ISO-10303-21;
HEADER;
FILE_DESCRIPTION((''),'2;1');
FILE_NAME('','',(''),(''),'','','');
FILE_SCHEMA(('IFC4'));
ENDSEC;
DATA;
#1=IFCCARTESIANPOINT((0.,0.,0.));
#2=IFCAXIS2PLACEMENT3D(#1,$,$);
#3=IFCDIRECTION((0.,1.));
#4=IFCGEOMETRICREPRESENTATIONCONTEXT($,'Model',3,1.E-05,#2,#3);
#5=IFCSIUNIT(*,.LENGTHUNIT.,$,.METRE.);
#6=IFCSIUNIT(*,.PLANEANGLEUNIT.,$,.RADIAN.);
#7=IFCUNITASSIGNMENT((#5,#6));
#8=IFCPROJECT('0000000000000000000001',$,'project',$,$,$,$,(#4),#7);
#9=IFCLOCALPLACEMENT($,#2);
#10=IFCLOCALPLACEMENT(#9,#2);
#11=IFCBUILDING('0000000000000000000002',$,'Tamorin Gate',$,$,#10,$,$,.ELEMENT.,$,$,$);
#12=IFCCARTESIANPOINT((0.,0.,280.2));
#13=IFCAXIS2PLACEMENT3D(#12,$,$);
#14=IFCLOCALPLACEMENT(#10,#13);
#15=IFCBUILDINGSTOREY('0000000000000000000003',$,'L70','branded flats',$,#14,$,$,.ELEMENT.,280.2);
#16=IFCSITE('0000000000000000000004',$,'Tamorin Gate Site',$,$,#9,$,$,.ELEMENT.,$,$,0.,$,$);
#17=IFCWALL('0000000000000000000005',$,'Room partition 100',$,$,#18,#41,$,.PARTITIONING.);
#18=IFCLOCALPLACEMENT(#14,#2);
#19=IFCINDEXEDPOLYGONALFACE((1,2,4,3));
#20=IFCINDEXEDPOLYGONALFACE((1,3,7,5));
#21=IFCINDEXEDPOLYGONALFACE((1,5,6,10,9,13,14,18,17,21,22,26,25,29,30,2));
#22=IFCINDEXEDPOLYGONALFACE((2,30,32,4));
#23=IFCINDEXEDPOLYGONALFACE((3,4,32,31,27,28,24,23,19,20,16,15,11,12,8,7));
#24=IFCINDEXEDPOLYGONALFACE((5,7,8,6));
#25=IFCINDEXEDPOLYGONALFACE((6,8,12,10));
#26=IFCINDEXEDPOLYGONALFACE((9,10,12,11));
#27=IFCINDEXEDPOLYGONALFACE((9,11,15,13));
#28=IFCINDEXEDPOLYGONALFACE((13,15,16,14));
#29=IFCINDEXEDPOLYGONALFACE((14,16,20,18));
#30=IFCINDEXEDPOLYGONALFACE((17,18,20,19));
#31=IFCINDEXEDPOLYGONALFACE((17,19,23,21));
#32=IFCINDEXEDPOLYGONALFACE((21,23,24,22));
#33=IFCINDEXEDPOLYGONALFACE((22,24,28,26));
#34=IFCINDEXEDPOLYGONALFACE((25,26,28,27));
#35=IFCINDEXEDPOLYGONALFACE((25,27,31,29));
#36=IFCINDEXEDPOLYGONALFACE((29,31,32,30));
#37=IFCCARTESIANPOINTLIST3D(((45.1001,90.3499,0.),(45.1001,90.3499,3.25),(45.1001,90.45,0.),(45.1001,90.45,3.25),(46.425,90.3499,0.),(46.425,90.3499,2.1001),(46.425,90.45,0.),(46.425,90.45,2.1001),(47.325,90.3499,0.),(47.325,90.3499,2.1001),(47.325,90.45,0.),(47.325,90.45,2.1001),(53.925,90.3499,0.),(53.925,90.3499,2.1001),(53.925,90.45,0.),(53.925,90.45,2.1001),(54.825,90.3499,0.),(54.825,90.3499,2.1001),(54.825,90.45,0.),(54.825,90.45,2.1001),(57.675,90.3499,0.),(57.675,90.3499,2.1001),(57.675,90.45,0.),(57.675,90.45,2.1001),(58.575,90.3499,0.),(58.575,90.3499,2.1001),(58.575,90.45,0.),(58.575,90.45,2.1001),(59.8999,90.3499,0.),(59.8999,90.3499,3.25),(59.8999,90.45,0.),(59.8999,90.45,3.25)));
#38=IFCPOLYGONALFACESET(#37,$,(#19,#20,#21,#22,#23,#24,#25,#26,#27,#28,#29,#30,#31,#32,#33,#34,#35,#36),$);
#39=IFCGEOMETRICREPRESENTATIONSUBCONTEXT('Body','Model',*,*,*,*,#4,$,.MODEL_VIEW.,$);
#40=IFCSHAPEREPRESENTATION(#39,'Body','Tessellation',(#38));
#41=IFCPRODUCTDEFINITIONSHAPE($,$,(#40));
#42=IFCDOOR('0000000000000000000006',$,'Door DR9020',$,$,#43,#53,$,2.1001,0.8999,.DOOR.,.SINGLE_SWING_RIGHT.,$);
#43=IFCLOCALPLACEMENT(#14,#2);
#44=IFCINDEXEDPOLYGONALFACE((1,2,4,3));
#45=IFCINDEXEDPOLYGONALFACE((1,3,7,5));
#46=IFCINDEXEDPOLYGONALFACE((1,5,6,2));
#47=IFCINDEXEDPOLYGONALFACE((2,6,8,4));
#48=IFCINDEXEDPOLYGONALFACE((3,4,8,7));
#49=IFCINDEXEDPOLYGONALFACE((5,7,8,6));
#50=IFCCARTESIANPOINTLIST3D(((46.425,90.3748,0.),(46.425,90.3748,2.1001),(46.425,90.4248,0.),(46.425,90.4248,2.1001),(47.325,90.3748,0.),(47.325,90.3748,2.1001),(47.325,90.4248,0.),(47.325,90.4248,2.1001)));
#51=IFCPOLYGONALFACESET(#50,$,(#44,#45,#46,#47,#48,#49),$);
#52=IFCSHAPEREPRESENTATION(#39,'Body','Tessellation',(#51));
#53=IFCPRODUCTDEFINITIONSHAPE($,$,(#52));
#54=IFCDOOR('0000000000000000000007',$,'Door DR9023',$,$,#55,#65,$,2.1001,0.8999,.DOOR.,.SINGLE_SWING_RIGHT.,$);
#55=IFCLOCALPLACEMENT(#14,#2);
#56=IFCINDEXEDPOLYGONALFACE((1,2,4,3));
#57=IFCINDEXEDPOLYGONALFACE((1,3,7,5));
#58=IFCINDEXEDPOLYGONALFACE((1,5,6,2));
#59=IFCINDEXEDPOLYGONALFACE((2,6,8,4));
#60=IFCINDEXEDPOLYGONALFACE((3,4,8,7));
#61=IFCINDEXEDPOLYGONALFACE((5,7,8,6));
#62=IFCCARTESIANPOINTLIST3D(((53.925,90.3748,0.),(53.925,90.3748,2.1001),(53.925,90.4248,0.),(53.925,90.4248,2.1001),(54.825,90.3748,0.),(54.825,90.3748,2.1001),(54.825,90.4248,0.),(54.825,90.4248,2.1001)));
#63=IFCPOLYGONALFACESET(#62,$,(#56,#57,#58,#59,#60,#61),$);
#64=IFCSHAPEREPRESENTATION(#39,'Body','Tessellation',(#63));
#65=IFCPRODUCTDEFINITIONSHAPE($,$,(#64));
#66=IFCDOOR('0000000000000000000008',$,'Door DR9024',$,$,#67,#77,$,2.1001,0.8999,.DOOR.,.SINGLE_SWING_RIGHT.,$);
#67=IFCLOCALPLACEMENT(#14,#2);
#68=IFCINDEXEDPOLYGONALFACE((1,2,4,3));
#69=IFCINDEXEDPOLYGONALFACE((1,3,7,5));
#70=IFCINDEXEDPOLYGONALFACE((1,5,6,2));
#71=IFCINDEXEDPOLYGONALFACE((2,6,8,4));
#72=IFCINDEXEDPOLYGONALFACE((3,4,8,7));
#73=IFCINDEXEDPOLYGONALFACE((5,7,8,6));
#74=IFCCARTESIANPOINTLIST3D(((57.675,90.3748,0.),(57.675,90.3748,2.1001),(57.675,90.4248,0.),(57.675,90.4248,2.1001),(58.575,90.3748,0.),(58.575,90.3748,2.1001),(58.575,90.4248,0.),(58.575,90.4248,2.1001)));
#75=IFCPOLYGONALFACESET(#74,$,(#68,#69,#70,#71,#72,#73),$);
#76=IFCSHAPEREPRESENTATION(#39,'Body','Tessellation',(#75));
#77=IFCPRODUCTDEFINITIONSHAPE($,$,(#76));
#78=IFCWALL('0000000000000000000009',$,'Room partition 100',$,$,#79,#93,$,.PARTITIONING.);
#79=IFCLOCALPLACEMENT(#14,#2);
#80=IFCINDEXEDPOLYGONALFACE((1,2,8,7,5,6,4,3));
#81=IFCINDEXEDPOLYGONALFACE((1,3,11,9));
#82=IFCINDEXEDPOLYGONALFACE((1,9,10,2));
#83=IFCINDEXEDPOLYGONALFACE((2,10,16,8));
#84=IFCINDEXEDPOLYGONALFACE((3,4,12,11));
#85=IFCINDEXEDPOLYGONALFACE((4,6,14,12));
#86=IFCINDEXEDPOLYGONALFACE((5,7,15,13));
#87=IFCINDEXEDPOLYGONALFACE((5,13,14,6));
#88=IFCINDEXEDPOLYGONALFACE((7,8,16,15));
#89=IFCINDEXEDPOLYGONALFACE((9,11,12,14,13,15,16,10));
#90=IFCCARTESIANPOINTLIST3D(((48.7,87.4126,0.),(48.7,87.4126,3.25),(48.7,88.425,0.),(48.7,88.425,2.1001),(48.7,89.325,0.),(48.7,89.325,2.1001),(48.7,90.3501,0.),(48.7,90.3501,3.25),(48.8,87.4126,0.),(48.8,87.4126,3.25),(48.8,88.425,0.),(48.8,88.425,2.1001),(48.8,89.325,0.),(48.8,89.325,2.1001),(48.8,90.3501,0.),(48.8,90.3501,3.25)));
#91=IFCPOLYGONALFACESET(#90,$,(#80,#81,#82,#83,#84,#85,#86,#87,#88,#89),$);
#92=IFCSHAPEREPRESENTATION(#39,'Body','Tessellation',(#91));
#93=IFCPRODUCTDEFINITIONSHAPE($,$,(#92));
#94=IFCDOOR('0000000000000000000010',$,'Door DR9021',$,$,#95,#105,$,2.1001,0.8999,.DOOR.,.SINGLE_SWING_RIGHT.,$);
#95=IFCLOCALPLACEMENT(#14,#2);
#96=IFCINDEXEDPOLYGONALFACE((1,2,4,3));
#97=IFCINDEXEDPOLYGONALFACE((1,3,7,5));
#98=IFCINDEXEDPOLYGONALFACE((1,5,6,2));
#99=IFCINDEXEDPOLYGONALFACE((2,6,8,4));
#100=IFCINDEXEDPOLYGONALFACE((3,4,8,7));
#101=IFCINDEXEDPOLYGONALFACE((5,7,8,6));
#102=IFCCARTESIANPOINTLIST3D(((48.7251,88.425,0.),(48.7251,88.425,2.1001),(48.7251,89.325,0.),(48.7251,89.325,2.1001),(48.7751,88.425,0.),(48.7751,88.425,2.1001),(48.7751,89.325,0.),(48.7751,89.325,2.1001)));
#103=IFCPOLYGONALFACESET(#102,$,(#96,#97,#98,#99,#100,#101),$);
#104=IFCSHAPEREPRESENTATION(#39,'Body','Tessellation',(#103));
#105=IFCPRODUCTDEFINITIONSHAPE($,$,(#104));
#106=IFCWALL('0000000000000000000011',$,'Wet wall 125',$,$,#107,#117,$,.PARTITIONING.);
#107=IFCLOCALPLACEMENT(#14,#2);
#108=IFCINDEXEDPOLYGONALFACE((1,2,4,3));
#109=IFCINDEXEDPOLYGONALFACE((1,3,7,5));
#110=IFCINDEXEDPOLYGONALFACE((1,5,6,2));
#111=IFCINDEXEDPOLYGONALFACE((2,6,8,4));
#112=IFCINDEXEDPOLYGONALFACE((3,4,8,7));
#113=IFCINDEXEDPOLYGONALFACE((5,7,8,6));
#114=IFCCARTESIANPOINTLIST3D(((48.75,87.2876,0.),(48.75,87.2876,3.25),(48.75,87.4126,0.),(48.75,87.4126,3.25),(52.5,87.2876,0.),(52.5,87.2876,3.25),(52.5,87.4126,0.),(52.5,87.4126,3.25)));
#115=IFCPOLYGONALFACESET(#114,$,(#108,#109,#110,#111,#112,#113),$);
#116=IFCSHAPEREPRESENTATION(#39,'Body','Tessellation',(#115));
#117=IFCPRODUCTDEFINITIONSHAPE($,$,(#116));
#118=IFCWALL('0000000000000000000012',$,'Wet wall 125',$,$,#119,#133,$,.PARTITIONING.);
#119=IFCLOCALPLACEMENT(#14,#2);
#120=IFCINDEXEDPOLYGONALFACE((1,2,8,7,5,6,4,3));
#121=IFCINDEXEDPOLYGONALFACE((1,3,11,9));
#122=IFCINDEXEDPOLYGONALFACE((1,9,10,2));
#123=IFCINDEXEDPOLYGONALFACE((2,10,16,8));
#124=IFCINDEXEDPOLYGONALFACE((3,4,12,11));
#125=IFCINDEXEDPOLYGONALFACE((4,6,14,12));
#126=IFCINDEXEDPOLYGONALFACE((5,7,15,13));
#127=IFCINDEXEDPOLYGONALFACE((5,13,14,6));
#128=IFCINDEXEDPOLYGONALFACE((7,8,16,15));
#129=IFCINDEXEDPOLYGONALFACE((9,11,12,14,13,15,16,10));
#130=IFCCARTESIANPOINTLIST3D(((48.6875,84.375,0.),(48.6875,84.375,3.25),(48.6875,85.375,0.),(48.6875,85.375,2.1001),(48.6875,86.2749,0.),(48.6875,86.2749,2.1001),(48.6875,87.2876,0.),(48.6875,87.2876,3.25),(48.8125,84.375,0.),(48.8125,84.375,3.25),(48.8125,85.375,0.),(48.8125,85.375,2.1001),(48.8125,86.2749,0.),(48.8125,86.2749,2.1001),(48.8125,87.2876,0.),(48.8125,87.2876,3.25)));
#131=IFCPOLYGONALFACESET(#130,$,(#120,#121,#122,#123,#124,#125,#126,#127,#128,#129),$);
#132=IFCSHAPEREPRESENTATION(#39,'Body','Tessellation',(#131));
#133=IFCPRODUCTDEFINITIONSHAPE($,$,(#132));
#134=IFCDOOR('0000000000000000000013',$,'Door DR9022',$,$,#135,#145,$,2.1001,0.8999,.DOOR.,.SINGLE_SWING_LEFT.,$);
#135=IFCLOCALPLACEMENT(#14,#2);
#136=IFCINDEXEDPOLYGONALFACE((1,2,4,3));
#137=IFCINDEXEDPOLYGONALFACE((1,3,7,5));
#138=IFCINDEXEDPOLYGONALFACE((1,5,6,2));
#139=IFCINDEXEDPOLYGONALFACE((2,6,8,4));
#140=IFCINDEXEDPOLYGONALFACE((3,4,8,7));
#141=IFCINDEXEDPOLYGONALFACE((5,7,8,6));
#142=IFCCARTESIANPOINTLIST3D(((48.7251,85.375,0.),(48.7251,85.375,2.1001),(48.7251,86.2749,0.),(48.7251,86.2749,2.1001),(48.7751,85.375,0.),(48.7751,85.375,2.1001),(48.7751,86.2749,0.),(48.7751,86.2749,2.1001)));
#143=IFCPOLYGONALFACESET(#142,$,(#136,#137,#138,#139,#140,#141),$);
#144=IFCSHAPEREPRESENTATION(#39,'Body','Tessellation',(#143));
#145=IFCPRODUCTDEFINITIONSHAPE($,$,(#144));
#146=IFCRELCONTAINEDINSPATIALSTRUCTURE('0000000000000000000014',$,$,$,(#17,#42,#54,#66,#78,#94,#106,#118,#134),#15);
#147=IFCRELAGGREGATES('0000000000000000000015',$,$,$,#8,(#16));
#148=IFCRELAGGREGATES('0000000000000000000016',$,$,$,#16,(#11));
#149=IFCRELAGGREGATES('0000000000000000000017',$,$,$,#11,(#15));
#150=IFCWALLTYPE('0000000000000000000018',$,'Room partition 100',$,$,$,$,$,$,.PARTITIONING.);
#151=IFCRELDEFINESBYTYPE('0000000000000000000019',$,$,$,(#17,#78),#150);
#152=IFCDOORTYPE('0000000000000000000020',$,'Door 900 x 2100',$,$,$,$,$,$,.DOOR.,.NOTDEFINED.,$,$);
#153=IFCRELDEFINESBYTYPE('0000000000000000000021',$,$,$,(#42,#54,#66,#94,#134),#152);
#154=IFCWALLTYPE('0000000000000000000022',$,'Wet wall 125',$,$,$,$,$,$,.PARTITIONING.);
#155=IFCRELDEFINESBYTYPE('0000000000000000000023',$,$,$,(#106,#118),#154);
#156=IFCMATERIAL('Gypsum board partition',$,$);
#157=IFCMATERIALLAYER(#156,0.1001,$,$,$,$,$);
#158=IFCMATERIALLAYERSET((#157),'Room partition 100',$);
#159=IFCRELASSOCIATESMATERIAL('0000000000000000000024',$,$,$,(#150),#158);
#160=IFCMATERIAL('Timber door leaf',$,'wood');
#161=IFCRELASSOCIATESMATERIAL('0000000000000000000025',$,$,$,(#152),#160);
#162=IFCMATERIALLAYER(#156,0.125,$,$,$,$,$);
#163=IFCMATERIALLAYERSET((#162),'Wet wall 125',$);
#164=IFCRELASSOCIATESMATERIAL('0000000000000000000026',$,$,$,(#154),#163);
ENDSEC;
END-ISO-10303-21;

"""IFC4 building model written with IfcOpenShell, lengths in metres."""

from ifc_helpers import new_model, si_unit, direction, frame, frame_2d, origin, place, context, subcontext, project, spatial, rectangle, extrude, material, layer, layer_set, type_object, element, fill, save


model = new_model("IFC4")

# Units and contexts
model_context = context("Model", 3, precision=1e-05, world=origin(), true_north=direction((0.0, 1.0)))
body_context = subcontext(model_context, "Body", "Model", "MODEL_VIEW")
ifc_project = project(units=[si_unit("LENGTHUNIT", "METRE"), si_unit("PLANEANGLEUNIT", "RADIAN")], contexts=[model_context])

# Site, building, storey
site_placement = place(None, origin())
site = spatial("IfcSite", under=ifc_project, at=site_placement, Name="Tamorin Gate Site", CompositionType="ELEMENT", RefElevation=0.0)
building_placement = place(site_placement, origin())
building = spatial("IfcBuilding", under=site, at=building_placement, Name="Tamorin Gate", CompositionType="ELEMENT")
storey_placement = place(building_placement, frame((0.0, 0.0, 280.2)))
storey = spatial("IfcBuildingStorey", under=building, at=storey_placement, Name="L70", Description="branded flats", CompositionType="ELEMENT", Elevation=280.2)

# Shared definitions
ifc_material_1 = material(Name="Gypsum board partition")

# Wall, openings, doors
ifc_layer_1 = layer(ifc_material_1, 0.1001)
ifc_layer_set_1 = layer_set([ifc_layer_1], Name="Room partition 100")
wall_type_1 = type_object("IfcWallType", Name="Room partition 100", PredefinedType="PARTITIONING", material=ifc_layer_set_1)
wall_1_placement = place(storey_placement, frame((45.1001, 90.3999, 0.0), z_axis=(0.0, 0.0, 1.0), x_axis=(1.0, 0.0, 0.0)))
wall_1 = element("IfcWall", 1, at=wall_1_placement, inside=storey, type_object=wall_type_1, Name="Room partition 100", PredefinedType="PARTITIONING", context=body_context, shape_type="SweptSolid", body=[
    extrude(rectangle(XDim=14.7998, YDim=0.1001, at=frame_2d((7.3999, 0.0))), origin(), (0.0, 0.0, 1.0), 3.25),
])
opening_1_placement = place(wall_1_placement, frame((1.325, 0.0, 0.0)))
opening_1 = element("IfcOpeningElement", 2, at=opening_1_placement, cuts=wall_1, PredefinedType="OPENING", context=body_context, shape_type="SweptSolid", body=[
    extrude(rectangle(XDim=0.8999, YDim=2.1001, at=frame_2d((0.45, 1.05))), frame((0.0, 0.0601, 0.0), z_axis=(0.0, -1.0, 0.0), x_axis=(1.0, 0.0, 0.0)), (0.0, 0.0, 1.0), 0.1201),
])
opening_2_placement = place(wall_1_placement, frame((8.825, 0.0, 0.0)))
opening_2 = element("IfcOpeningElement", 3, at=opening_2_placement, cuts=wall_1, PredefinedType="OPENING", context=body_context, shape_type="SweptSolid", body=[
    extrude(rectangle(XDim=0.8999, YDim=2.1001, at=frame_2d((0.45, 1.05))), frame((0.0, 0.0601, 0.0), z_axis=(0.0, -1.0, 0.0), x_axis=(1.0, 0.0, 0.0)), (0.0, 0.0, 1.0), 0.1201),
])
opening_3_placement = place(wall_1_placement, frame((12.575, 0.0, 0.0)))
opening_3 = element("IfcOpeningElement", 4, at=opening_3_placement, cuts=wall_1, PredefinedType="OPENING", context=body_context, shape_type="SweptSolid", body=[
    extrude(rectangle(XDim=0.8999, YDim=2.1001, at=frame_2d((0.45, 1.05))), frame((0.0, 0.0601, 0.0), z_axis=(0.0, -1.0, 0.0), x_axis=(1.0, 0.0, 0.0)), (0.0, 0.0, 1.0), 0.1201),
])
ifc_material_2 = material(Name="Timber door leaf", Category="wood")
door_type = type_object("IfcDoorType", Name="Door 900 x 2100", OperationType="NOTDEFINED", PredefinedType="DOOR", material=ifc_material_2)
door_1_placement = place(opening_1_placement, origin())
door_1 = element("IfcDoor", 5, at=door_1_placement, inside=storey, type_object=door_type, Name="Door DR9020", OperationType="SINGLE_SWING_RIGHT", OverallHeight=2.1001, OverallWidth=0.8999, PredefinedType="DOOR", context=body_context, shape_type="SweptSolid", body=[
    extrude(rectangle(XDim=0.8999, YDim=2.1001, at=frame_2d((0.45, 1.05))), frame((0.0, 0.0249, 0.0), z_axis=(0.0, -1.0, 0.0), x_axis=(1.0, 0.0, 0.0)), (0.0, 0.0, 1.0), 0.05),
])
fill(opening_1, door_1)
door_2_placement = place(opening_2_placement, origin())
door_2 = element("IfcDoor", 6, at=door_2_placement, inside=storey, type_object=door_type, Name="Door DR9023", OperationType="SINGLE_SWING_RIGHT", OverallHeight=2.1001, OverallWidth=0.8999, PredefinedType="DOOR", context=body_context, shape_type="SweptSolid", body=[
    extrude(rectangle(XDim=0.8999, YDim=2.1001, at=frame_2d((0.45, 1.05))), frame((0.0, 0.0249, 0.0), z_axis=(0.0, -1.0, 0.0), x_axis=(1.0, 0.0, 0.0)), (0.0, 0.0, 1.0), 0.05),
])
fill(opening_2, door_2)
door_3_placement = place(opening_3_placement, origin())
door_3 = element("IfcDoor", 7, at=door_3_placement, inside=storey, type_object=door_type, Name="Door DR9024", OperationType="SINGLE_SWING_RIGHT", OverallHeight=2.1001, OverallWidth=0.8999, PredefinedType="DOOR", context=body_context, shape_type="SweptSolid", body=[
    extrude(rectangle(XDim=0.8999, YDim=2.1001, at=frame_2d((0.45, 1.05))), frame((0.0, 0.0249, 0.0), z_axis=(0.0, -1.0, 0.0), x_axis=(1.0, 0.0, 0.0)), (0.0, 0.0, 1.0), 0.05),
])
fill(opening_3, door_3)

# Wall, opening, door
wall_2_placement = place(storey_placement, frame((48.75, 87.4126, 0.0), z_axis=(0.0, 0.0, 1.0), x_axis=(0.0, 1.0, 0.0)))
wall_2 = element("IfcWall", 8, at=wall_2_placement, inside=storey, type_object=wall_type_1, Name="Room partition 100", PredefinedType="PARTITIONING", context=body_context, shape_type="SweptSolid", body=[
    extrude(rectangle(XDim=2.9375, YDim=0.1001, at=frame_2d((1.4688, 0.0))), origin(), (0.0, 0.0, 1.0), 3.25),
])
opening_4_placement = place(wall_2_placement, frame((1.0125, 0.0, 0.0)))
opening_4 = element("IfcOpeningElement", 9, at=opening_4_placement, cuts=wall_2, PredefinedType="OPENING", context=body_context, shape_type="SweptSolid", body=[
    extrude(rectangle(XDim=0.8999, YDim=2.1001, at=frame_2d((0.45, 1.05))), frame((0.0, 0.0601, 0.0), z_axis=(0.0, -1.0, 0.0), x_axis=(1.0, 0.0, 0.0)), (0.0, 0.0, 1.0), 0.1201),
])
door_4_placement = place(opening_4_placement, origin())
door_4 = element("IfcDoor", 10, at=door_4_placement, inside=storey, type_object=door_type, Name="Door DR9021", OperationType="SINGLE_SWING_RIGHT", OverallHeight=2.1001, OverallWidth=0.8999, PredefinedType="DOOR", context=body_context, shape_type="SweptSolid", body=[
    extrude(rectangle(XDim=0.8999, YDim=2.1001, at=frame_2d((0.45, 1.05))), frame((0.0, 0.0249, 0.0), z_axis=(0.0, -1.0, 0.0), x_axis=(1.0, 0.0, 0.0)), (0.0, 0.0, 1.0), 0.05),
])
fill(opening_4, door_4)

# Wall
ifc_layer_2 = layer(ifc_material_1, 0.125)
ifc_layer_set_2 = layer_set([ifc_layer_2], Name="Wet wall 125")
wall_type_2 = type_object("IfcWallType", Name="Wet wall 125", PredefinedType="PARTITIONING", material=ifc_layer_set_2)
wall_3_placement = place(storey_placement, frame((48.75, 87.3501, 0.0), z_axis=(0.0, 0.0, 1.0), x_axis=(1.0, 0.0, 0.0)))
element("IfcWall", 11, at=wall_3_placement, inside=storey, type_object=wall_type_2, Name="Wet wall 125", PredefinedType="PARTITIONING", context=body_context, shape_type="SweptSolid", body=[
    extrude(rectangle(XDim=3.75, YDim=0.125, at=frame_2d((1.875, 0.0))), origin(), (0.0, 0.0, 1.0), 3.25),
])

# Wall, opening, door
wall_4_placement = place(storey_placement, frame((48.75, 84.375, 0.0), z_axis=(0.0, 0.0, 1.0), x_axis=(0.0, 1.0, 0.0)))
wall_4 = element("IfcWall", 12, at=wall_4_placement, inside=storey, type_object=wall_type_2, Name="Wet wall 125", PredefinedType="PARTITIONING", context=body_context, shape_type="SweptSolid", body=[
    extrude(rectangle(XDim=2.9126, YDim=0.125, at=frame_2d((1.4563, 0.0))), origin(), (0.0, 0.0, 1.0), 3.25),
])
opening_5_placement = place(wall_4_placement, frame((1.0, 0.0, 0.0)))
opening_5 = element("IfcOpeningElement", 13, at=opening_5_placement, cuts=wall_4, PredefinedType="OPENING", context=body_context, shape_type="SweptSolid", body=[
    extrude(rectangle(XDim=0.8999, YDim=2.1001, at=frame_2d((0.45, 1.05))), frame((0.0, 0.0725, 0.0), z_axis=(0.0, -1.0, 0.0), x_axis=(1.0, 0.0, 0.0)), (0.0, 0.0, 1.0), 0.145),
])
door_5_placement = place(opening_5_placement, origin())
door_5 = element("IfcDoor", 14, at=door_5_placement, inside=storey, type_object=door_type, Name="Door DR9022", OperationType="SINGLE_SWING_LEFT", OverallHeight=2.1001, OverallWidth=0.8999, PredefinedType="DOOR", context=body_context, shape_type="SweptSolid", body=[
    extrude(rectangle(XDim=0.8999, YDim=2.1001, at=frame_2d((0.45, 1.05))), frame((0.0, 0.0249, 0.0), z_axis=(0.0, -1.0, 0.0), x_axis=(1.0, 0.0, 0.0)), (0.0, 0.0, 1.0), 0.05),
])
fill(opening_5, door_5)

save(model, "model.ifc")
